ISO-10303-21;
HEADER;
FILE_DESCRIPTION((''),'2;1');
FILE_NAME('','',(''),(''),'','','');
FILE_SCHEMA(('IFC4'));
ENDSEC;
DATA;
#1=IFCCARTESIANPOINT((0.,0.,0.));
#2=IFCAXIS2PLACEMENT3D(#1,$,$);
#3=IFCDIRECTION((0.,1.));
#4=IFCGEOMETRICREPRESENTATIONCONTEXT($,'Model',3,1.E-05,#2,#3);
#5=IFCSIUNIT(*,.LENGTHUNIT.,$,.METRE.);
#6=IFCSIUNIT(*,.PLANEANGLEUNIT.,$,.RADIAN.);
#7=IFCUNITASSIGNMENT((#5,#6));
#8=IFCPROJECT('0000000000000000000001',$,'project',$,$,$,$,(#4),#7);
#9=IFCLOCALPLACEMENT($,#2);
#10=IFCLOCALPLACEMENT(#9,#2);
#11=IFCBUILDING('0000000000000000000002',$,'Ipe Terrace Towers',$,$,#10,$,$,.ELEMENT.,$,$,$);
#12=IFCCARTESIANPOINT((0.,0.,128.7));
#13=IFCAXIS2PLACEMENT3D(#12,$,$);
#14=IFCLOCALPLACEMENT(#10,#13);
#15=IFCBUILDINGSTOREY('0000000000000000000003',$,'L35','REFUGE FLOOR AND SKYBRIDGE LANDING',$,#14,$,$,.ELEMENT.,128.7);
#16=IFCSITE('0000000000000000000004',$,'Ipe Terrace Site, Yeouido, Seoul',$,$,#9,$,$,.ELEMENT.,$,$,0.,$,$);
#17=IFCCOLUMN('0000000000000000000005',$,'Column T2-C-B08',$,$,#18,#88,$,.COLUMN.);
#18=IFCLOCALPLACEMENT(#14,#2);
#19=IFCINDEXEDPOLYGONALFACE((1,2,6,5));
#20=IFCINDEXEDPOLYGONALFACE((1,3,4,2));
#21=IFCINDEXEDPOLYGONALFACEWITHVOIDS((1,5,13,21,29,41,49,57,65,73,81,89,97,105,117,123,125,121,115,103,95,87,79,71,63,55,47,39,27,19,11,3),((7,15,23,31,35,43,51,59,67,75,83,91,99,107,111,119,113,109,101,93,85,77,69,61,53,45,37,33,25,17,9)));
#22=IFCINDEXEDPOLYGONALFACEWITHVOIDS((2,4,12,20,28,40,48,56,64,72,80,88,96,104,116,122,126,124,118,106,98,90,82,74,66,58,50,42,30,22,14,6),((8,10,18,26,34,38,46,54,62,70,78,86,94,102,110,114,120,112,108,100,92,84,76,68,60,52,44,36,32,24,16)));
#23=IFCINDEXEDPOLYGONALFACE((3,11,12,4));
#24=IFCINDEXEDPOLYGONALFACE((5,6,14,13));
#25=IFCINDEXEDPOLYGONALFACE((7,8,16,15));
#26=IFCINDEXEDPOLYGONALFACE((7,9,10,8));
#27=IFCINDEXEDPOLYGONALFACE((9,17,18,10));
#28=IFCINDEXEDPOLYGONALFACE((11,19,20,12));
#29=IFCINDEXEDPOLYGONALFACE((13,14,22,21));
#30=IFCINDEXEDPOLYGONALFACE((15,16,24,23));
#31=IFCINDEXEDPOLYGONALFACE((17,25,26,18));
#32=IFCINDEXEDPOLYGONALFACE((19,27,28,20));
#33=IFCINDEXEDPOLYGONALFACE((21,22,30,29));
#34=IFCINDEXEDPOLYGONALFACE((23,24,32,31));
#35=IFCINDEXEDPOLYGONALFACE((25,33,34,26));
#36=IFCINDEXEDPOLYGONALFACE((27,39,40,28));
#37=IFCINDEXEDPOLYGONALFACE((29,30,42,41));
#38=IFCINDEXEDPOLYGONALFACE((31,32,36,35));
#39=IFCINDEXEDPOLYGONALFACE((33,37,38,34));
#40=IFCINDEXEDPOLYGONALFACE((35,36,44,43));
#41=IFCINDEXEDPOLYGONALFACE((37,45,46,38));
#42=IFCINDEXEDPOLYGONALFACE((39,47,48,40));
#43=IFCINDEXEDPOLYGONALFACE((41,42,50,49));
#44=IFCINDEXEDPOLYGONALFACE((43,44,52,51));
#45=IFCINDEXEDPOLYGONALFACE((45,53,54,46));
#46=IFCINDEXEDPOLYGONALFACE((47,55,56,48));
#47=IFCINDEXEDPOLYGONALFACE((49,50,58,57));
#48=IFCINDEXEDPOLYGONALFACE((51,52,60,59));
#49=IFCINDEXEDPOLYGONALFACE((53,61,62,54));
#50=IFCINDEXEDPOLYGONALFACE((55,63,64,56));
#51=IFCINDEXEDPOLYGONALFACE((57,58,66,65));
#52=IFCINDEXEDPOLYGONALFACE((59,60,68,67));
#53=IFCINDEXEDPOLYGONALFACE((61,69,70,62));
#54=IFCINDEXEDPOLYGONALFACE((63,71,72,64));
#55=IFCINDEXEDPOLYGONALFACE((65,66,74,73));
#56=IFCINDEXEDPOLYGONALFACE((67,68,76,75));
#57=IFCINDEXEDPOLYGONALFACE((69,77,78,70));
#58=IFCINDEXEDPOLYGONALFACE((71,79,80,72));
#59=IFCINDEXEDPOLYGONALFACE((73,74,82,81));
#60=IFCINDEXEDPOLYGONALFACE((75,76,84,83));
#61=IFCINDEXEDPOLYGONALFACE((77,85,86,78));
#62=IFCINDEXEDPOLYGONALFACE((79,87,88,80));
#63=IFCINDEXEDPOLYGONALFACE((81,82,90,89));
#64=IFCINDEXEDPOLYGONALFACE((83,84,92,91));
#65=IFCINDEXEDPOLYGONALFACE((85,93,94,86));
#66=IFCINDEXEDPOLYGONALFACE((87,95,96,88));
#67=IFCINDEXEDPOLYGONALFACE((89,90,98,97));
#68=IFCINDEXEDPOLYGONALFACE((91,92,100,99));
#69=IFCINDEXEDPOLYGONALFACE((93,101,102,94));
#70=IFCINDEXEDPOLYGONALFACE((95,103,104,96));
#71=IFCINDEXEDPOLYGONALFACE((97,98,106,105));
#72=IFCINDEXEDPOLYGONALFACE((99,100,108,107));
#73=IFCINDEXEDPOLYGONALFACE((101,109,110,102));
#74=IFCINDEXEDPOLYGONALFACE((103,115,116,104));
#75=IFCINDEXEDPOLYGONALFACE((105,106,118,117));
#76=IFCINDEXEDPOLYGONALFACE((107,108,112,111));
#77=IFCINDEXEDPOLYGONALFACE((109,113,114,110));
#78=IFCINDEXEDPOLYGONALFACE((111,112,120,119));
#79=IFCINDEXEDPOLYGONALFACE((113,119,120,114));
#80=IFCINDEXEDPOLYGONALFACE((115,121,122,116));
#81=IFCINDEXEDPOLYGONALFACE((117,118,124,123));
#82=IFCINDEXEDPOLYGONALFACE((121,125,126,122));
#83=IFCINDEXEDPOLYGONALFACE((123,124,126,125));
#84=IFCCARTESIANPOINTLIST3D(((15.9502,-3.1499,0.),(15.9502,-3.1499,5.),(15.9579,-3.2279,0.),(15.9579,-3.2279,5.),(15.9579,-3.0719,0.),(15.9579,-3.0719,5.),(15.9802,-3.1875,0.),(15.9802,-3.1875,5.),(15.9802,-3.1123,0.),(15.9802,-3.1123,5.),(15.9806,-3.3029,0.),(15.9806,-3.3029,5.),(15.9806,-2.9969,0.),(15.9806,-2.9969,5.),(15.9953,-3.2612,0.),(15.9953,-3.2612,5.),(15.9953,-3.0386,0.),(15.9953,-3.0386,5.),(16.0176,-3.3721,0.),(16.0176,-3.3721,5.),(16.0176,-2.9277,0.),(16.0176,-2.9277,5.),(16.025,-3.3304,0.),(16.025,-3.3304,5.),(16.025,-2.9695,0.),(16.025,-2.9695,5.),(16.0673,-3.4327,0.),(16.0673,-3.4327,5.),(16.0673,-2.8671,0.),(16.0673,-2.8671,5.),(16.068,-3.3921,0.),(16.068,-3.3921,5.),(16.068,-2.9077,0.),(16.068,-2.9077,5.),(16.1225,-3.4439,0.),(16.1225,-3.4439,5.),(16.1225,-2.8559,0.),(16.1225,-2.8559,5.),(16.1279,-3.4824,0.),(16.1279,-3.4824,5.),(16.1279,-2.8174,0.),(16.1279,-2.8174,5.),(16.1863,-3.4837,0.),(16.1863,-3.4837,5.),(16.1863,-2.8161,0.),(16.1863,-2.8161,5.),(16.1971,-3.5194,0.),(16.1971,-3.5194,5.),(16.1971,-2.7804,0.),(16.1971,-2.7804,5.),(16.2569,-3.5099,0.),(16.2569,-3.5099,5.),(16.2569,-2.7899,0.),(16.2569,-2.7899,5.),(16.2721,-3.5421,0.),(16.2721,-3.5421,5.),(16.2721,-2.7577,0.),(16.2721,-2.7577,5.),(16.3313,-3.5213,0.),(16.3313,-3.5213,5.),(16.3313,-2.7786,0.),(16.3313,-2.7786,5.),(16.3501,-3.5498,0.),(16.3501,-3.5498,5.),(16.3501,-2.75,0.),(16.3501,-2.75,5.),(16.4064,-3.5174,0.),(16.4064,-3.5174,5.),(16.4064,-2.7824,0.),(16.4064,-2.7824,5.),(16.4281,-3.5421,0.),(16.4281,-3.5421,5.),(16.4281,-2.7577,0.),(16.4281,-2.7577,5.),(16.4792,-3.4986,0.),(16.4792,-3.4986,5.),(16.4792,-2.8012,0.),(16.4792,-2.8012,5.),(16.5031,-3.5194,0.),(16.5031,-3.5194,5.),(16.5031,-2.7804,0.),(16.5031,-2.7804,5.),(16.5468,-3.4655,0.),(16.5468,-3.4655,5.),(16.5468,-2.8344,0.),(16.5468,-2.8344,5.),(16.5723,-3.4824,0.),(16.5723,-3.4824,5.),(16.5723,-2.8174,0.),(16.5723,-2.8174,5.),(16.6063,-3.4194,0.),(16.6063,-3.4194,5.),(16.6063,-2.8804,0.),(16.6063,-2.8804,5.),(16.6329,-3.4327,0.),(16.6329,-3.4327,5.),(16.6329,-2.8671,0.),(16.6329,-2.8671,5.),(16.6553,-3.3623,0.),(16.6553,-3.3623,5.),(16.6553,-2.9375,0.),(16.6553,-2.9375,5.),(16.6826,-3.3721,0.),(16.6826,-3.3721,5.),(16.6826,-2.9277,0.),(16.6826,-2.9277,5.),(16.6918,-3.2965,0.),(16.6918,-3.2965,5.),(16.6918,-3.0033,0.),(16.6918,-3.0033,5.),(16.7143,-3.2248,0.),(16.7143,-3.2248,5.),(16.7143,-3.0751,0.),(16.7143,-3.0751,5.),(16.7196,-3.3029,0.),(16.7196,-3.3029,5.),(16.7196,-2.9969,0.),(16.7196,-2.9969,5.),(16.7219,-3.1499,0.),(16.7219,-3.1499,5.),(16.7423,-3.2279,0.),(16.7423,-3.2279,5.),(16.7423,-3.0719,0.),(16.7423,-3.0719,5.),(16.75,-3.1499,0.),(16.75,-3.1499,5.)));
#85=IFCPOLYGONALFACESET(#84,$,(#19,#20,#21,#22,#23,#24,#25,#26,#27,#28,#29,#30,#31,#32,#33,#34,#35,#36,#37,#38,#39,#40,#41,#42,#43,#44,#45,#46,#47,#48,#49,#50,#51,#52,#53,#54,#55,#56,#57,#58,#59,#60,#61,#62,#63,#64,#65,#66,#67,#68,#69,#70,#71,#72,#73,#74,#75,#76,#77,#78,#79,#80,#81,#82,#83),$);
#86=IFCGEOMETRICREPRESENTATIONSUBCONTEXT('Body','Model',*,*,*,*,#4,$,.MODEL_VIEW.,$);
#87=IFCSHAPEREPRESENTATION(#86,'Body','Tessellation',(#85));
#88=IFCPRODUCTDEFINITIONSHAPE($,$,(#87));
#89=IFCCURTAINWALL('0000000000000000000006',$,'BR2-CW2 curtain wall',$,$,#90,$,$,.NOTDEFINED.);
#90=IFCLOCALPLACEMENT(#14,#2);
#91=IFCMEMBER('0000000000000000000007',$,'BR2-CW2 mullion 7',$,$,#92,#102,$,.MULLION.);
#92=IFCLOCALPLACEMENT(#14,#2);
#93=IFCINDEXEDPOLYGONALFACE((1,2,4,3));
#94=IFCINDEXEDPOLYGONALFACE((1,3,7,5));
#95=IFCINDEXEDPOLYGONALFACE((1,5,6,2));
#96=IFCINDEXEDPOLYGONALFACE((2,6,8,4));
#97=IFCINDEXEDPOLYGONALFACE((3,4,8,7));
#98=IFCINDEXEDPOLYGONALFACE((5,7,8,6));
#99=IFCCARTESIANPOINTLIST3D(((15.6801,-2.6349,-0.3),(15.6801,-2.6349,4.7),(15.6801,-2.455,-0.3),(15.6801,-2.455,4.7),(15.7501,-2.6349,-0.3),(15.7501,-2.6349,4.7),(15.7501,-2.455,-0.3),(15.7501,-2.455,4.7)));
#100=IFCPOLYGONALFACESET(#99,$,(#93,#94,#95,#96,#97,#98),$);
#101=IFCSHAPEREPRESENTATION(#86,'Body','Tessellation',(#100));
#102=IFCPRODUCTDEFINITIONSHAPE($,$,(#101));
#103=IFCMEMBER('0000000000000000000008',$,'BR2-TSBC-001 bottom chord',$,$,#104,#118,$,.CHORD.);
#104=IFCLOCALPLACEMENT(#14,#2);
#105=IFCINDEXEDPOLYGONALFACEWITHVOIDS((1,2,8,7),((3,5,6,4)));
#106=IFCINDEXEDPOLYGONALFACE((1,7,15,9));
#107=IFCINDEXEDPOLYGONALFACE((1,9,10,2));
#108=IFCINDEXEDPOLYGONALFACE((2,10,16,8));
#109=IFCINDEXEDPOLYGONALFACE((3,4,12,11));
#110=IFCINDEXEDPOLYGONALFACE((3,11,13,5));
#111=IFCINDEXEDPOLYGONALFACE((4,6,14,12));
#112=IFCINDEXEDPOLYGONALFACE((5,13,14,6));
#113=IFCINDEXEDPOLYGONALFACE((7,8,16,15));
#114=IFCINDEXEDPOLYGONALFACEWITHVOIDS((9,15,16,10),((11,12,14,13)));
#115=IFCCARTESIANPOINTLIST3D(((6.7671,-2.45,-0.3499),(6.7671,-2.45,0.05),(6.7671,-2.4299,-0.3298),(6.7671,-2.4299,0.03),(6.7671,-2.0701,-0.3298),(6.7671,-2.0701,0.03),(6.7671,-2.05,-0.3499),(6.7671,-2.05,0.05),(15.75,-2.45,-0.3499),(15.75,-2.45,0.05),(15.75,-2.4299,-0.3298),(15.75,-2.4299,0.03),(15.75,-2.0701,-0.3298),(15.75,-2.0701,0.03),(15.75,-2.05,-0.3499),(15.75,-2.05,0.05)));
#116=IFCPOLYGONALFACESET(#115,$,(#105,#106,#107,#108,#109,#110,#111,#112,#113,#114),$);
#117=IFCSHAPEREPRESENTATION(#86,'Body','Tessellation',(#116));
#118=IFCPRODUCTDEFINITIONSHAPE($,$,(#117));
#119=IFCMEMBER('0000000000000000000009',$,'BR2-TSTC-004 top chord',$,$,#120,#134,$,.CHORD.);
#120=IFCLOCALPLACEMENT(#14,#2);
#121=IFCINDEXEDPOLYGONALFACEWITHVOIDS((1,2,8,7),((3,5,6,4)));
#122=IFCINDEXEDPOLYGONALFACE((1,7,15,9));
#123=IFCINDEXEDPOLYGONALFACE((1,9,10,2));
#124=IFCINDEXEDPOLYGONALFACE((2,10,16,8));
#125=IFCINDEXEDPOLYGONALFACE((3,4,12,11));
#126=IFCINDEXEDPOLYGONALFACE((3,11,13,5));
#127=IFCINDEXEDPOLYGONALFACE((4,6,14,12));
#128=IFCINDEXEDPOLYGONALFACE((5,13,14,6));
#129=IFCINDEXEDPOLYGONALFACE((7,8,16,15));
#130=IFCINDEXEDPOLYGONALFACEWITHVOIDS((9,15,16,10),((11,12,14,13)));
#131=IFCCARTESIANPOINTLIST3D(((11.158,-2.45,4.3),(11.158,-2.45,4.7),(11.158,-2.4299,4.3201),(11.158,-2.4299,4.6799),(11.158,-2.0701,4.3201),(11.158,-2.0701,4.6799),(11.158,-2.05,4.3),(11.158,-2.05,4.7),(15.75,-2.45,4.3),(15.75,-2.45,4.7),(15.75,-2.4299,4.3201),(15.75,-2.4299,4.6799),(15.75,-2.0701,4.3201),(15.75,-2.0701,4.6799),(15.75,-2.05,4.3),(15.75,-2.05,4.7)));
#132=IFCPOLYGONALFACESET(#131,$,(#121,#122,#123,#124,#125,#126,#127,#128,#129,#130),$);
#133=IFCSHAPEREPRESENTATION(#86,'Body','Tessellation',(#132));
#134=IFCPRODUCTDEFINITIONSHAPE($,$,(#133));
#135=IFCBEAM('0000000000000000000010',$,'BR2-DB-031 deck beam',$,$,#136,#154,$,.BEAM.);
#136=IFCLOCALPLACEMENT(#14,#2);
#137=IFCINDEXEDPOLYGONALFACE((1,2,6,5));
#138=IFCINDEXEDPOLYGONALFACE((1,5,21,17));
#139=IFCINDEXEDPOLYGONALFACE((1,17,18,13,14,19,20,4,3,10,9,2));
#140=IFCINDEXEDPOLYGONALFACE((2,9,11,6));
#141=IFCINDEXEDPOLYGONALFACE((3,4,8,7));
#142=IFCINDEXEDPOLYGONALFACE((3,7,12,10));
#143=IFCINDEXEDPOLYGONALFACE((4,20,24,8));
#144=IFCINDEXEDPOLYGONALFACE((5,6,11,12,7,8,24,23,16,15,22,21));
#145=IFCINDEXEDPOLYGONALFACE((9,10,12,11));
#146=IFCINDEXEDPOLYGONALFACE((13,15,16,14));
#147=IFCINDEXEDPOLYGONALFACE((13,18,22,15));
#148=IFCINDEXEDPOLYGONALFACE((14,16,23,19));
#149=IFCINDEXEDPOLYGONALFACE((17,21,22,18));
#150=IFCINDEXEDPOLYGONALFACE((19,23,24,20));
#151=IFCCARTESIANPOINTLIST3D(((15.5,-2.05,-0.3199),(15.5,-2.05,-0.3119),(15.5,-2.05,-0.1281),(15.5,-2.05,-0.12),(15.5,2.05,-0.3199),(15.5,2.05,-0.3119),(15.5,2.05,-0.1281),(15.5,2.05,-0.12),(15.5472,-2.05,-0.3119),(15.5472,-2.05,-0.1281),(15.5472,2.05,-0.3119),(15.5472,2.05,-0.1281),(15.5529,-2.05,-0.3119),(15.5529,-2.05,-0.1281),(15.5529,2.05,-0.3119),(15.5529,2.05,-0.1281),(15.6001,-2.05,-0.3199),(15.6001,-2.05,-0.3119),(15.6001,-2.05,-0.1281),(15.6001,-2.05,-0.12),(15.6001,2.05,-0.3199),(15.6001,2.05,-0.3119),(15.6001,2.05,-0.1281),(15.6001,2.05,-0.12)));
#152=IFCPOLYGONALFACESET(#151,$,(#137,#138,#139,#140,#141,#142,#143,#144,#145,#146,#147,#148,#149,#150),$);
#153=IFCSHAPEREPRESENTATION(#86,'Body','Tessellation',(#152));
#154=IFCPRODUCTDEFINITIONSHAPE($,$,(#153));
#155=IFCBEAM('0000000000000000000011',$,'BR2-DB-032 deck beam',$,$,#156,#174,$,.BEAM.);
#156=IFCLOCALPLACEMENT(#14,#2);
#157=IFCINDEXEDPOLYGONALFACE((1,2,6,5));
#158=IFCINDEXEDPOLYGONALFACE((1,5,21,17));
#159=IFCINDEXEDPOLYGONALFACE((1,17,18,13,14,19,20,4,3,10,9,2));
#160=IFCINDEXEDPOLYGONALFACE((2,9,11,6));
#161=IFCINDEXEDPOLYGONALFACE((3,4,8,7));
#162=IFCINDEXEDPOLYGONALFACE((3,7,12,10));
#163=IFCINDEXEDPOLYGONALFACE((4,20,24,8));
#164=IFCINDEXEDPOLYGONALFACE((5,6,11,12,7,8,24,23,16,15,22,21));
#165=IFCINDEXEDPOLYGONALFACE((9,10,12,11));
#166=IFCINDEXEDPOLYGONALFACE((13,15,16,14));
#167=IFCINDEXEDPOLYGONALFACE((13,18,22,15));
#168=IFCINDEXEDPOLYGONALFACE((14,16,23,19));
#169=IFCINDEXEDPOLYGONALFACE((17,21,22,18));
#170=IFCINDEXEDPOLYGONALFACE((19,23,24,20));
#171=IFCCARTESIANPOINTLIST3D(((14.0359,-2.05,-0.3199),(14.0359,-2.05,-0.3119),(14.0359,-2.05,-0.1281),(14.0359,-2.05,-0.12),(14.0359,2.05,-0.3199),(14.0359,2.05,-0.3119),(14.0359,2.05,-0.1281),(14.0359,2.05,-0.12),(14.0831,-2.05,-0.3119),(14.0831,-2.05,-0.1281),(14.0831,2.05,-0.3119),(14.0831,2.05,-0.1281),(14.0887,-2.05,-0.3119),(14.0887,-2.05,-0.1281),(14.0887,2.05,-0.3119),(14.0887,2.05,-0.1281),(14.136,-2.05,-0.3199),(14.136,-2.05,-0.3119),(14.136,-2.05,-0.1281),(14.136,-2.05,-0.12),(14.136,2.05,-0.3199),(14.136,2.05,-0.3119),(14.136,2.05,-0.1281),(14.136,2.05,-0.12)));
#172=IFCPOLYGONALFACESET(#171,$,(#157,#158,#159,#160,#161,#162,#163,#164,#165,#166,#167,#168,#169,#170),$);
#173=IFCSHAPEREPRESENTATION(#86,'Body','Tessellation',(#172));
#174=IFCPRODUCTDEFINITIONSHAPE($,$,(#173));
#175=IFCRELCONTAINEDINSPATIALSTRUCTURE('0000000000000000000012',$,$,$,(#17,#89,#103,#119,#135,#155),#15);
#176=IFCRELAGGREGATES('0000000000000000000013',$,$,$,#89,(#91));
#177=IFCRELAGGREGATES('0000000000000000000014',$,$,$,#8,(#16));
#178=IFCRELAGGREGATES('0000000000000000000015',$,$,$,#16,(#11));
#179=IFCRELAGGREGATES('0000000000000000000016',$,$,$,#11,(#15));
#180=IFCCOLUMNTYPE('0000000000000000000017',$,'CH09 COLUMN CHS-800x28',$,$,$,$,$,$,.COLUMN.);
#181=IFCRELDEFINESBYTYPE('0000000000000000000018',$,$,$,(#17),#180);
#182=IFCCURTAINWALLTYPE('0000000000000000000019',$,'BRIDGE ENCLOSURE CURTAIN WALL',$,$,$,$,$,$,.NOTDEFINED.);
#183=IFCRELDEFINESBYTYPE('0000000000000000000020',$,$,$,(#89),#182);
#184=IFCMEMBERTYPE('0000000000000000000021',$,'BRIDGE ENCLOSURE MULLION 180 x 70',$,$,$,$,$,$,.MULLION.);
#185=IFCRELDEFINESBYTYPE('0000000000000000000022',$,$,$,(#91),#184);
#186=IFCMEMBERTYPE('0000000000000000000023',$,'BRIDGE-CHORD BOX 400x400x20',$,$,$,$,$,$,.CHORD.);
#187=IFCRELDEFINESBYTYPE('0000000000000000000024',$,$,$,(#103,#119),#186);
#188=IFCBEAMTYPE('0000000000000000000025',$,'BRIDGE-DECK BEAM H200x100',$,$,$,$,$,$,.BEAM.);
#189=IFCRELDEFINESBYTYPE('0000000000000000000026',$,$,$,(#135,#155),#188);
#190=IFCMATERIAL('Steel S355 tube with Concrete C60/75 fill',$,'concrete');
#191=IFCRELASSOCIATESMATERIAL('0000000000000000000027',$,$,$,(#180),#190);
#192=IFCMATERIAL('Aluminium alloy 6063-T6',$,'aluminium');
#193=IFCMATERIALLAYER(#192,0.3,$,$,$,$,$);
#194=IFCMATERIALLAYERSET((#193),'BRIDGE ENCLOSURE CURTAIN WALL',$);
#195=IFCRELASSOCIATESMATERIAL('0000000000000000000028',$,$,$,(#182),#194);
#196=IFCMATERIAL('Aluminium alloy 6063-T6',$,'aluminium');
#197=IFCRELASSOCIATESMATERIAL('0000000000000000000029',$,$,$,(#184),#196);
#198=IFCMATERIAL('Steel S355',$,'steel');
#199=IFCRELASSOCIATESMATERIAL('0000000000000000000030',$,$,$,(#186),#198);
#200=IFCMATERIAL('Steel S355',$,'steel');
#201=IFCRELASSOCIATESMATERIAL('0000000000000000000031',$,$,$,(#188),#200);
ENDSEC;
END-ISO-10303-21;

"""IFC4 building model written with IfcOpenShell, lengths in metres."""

from ifc_helpers import new_model, si_unit, direction, frame, origin, origin_2d, place, context, subcontext, project, spatial, rectangle, hollow_rectangle, hollow_circle, i_section, extrude, material, layer, layer_set, material_profile, profile_set, type_object, element, aggregate, save


model = new_model("IFC4")

# Units and contexts
model_context = context("Model", 3, precision=1e-05, world=origin(), true_north=direction((0.0, 1.0)))
body_context = subcontext(model_context, "Body", "Model", "MODEL_VIEW")
ifc_project = project(units=[si_unit("LENGTHUNIT", "METRE"), si_unit("PLANEANGLEUNIT", "RADIAN")], contexts=[model_context])

# Site, building, storey
site_placement = place(None, origin())
site = spatial("IfcSite", under=ifc_project, at=site_placement, Name="Ipe Terrace Site, Yeouido, Seoul", CompositionType="ELEMENT", RefElevation=0.0)
building_placement = place(site_placement, origin())
building = spatial("IfcBuilding", under=site, at=building_placement, Name="Ipe Terrace Towers", CompositionType="ELEMENT")
storey_placement = place(building_placement, frame((0.0, 0.0, 128.7)))
storey = spatial("IfcBuildingStorey", under=building, at=storey_placement, Name="L35", Description="REFUGE FLOOR AND SKYBRIDGE LANDING", CompositionType="ELEMENT", Elevation=128.7)

# Column
ifc_material_1 = material(Name="Steel S355 tube with Concrete C60/75 fill", Category="concrete")
ifc_material_profile_1 = material_profile(ifc_material_1, hollow_circle(Radius=0.3999, WallThickness=0.0281, at=origin_2d()), Name="CHS-800x28")
ifc_profile_set_1 = profile_set([ifc_material_profile_1], Name="Steel S355 tube with Concrete C60/75 fill")
column_type = type_object("IfcColumnType", Name="CH09 COLUMN CHS-800x28", PredefinedType="COLUMN", material=ifc_profile_set_1)
column_placement = place(storey_placement, frame((16.3501, -3.1499, 0.0), z_axis=(0.0, 0.0, 1.0), x_axis=(1.0, 0.0, 0.0)))
element("IfcColumn", 1, at=column_placement, inside=storey, type_object=column_type, Name="Column T2-C-B08", PredefinedType="COLUMN", context=body_context, shape_type="SweptSolid", body=[
    extrude(hollow_circle(Radius=0.3999, WallThickness=0.0281, at=origin_2d()), origin(), (0.0, 0.0, 1.0), 5.0),
])

# Curtain wall, member
ifc_material_2 = material(Name="Aluminium alloy 6063-T6", Category="aluminium")
ifc_layer_1 = layer(ifc_material_2, 0.3)
ifc_layer_set_1 = layer_set([ifc_layer_1], Name="BRIDGE ENCLOSURE CURTAIN WALL")
curtain_wall_type_1 = type_object("IfcCurtainWallType", Name="BRIDGE ENCLOSURE CURTAIN WALL", PredefinedType="NOTDEFINED", material=ifc_layer_set_1)
curtain_wall_1_placement = place(storey_placement, origin())
curtain_wall_1 = element("IfcCurtainWall", 2, at=curtain_wall_1_placement, inside=storey, type_object=curtain_wall_type_1, Name="BR2-CW2 curtain wall", PredefinedType="NOTDEFINED")
ifc_material_3 = material(Name="Aluminium alloy 6063-T6", Category="aluminium")
ifc_material_profile_2 = material_profile(ifc_material_3, rectangle(XDim=0.1799, YDim=0.0701, at=origin_2d()), Name="BRIDGE ENCLOSURE MULLION 180 x 70")
ifc_profile_set_2 = profile_set([ifc_material_profile_2], Name="Aluminium alloy 6063-T6")
member_type_1 = type_object("IfcMemberType", Name="BRIDGE ENCLOSURE MULLION 180 x 70", PredefinedType="MULLION", material=ifc_profile_set_2)
member_1_placement = place(storey_placement, frame((15.7151, -2.5449, -0.3), z_axis=(0.0, 0.0, 1.0), x_axis=(0.0, -1.0, 0.0)))
member_1 = element("IfcMember", 3, at=member_1_placement, type_object=member_type_1, Name="BR2-CW2 mullion 7", PredefinedType="MULLION", context=body_context, shape_type="SweptSolid", body=[
    extrude(rectangle(XDim=0.1799, YDim=0.0701, at=origin_2d()), origin(), (0.0, 0.0, 1.0), 5.0),
])
aggregate(curtain_wall_1, [member_1])

# Members
ifc_material_4 = material(Name="Steel S355", Category="steel")
ifc_material_profile_3 = material_profile(ifc_material_4, hollow_rectangle(XDim=0.3999, YDim=0.3999, WallThickness=0.02, at=origin_2d()), Name="BRIDGE-CHORD BOX 400x400x20")
ifc_profile_set_3 = profile_set([ifc_material_profile_3], Name="Steel S355")
member_type_2 = type_object("IfcMemberType", Name="BRIDGE-CHORD BOX 400x400x20", PredefinedType="CHORD", material=ifc_profile_set_3)
member_2_placement = place(storey_placement, frame((15.75, -2.25, -0.1499), z_axis=(-1.0, 0.0, 0.0), x_axis=(0.0, -1.0, 0.0)))
element("IfcMember", 4, at=member_2_placement, inside=storey, type_object=member_type_2, Name="BR2-TSBC-001 bottom chord", PredefinedType="CHORD", context=body_context, shape_type="SweptSolid", body=[
    extrude(hollow_rectangle(XDim=0.3999, YDim=0.3999, WallThickness=0.02, at=origin_2d()), origin(), (0.0, 0.0, 1.0), 8.9829),
])
member_3_placement = place(storey_placement, frame((15.75, -2.25, 4.5), z_axis=(-1.0, 0.0, 0.0), x_axis=(0.0, -1.0, 0.0)))
element("IfcMember", 5, at=member_3_placement, inside=storey, type_object=member_type_2, Name="BR2-TSTC-004 top chord", PredefinedType="CHORD", context=body_context, shape_type="SweptSolid", body=[
    extrude(hollow_rectangle(XDim=0.3999, YDim=0.3999, WallThickness=0.02, at=origin_2d()), origin(), (0.0, 0.0, 1.0), 4.592),
])

# Beams
ifc_material_5 = material(Name="Steel S355", Category="steel")
ifc_material_profile_4 = material_profile(ifc_material_5, i_section(OverallWidth=0.1001, OverallDepth=0.2, WebThickness=0.0056, FlangeThickness=0.0081, at=origin_2d()), Name="H200x100")
ifc_profile_set_4 = profile_set([ifc_material_profile_4], Name="Steel S355")
beam_type_1 = type_object("IfcBeamType", Name="BRIDGE-DECK BEAM H200x100", PredefinedType="BEAM", material=ifc_profile_set_4)
for number, where, z_axis, x_axis, name in (
    (6, (15.55, -2.05, -0.22), (0.0, 1.0, 0.0), (-1.0, 0.0, 0.0), "BR2-DB-031 deck beam"),
    (7, (14.0859, -2.05, -0.22), (0.0, 1.0, 0.0), (-1.0, 0.0, 0.0), "BR2-DB-032 deck beam"),
):
    element("IfcBeam", number, at=place(storey_placement, frame(where, z_axis=z_axis, x_axis=x_axis)), inside=storey, type_object=beam_type_1, Name=name, PredefinedType="BEAM", context=body_context, shape_type="SweptSolid", body=[
        extrude(i_section(OverallWidth=0.1001, OverallDepth=0.2, WebThickness=0.0056, FlangeThickness=0.0081, at=origin_2d()), origin(), (0.0, 0.0, 1.0), 4.1001),
    ])

save(model, "model.ifc")
